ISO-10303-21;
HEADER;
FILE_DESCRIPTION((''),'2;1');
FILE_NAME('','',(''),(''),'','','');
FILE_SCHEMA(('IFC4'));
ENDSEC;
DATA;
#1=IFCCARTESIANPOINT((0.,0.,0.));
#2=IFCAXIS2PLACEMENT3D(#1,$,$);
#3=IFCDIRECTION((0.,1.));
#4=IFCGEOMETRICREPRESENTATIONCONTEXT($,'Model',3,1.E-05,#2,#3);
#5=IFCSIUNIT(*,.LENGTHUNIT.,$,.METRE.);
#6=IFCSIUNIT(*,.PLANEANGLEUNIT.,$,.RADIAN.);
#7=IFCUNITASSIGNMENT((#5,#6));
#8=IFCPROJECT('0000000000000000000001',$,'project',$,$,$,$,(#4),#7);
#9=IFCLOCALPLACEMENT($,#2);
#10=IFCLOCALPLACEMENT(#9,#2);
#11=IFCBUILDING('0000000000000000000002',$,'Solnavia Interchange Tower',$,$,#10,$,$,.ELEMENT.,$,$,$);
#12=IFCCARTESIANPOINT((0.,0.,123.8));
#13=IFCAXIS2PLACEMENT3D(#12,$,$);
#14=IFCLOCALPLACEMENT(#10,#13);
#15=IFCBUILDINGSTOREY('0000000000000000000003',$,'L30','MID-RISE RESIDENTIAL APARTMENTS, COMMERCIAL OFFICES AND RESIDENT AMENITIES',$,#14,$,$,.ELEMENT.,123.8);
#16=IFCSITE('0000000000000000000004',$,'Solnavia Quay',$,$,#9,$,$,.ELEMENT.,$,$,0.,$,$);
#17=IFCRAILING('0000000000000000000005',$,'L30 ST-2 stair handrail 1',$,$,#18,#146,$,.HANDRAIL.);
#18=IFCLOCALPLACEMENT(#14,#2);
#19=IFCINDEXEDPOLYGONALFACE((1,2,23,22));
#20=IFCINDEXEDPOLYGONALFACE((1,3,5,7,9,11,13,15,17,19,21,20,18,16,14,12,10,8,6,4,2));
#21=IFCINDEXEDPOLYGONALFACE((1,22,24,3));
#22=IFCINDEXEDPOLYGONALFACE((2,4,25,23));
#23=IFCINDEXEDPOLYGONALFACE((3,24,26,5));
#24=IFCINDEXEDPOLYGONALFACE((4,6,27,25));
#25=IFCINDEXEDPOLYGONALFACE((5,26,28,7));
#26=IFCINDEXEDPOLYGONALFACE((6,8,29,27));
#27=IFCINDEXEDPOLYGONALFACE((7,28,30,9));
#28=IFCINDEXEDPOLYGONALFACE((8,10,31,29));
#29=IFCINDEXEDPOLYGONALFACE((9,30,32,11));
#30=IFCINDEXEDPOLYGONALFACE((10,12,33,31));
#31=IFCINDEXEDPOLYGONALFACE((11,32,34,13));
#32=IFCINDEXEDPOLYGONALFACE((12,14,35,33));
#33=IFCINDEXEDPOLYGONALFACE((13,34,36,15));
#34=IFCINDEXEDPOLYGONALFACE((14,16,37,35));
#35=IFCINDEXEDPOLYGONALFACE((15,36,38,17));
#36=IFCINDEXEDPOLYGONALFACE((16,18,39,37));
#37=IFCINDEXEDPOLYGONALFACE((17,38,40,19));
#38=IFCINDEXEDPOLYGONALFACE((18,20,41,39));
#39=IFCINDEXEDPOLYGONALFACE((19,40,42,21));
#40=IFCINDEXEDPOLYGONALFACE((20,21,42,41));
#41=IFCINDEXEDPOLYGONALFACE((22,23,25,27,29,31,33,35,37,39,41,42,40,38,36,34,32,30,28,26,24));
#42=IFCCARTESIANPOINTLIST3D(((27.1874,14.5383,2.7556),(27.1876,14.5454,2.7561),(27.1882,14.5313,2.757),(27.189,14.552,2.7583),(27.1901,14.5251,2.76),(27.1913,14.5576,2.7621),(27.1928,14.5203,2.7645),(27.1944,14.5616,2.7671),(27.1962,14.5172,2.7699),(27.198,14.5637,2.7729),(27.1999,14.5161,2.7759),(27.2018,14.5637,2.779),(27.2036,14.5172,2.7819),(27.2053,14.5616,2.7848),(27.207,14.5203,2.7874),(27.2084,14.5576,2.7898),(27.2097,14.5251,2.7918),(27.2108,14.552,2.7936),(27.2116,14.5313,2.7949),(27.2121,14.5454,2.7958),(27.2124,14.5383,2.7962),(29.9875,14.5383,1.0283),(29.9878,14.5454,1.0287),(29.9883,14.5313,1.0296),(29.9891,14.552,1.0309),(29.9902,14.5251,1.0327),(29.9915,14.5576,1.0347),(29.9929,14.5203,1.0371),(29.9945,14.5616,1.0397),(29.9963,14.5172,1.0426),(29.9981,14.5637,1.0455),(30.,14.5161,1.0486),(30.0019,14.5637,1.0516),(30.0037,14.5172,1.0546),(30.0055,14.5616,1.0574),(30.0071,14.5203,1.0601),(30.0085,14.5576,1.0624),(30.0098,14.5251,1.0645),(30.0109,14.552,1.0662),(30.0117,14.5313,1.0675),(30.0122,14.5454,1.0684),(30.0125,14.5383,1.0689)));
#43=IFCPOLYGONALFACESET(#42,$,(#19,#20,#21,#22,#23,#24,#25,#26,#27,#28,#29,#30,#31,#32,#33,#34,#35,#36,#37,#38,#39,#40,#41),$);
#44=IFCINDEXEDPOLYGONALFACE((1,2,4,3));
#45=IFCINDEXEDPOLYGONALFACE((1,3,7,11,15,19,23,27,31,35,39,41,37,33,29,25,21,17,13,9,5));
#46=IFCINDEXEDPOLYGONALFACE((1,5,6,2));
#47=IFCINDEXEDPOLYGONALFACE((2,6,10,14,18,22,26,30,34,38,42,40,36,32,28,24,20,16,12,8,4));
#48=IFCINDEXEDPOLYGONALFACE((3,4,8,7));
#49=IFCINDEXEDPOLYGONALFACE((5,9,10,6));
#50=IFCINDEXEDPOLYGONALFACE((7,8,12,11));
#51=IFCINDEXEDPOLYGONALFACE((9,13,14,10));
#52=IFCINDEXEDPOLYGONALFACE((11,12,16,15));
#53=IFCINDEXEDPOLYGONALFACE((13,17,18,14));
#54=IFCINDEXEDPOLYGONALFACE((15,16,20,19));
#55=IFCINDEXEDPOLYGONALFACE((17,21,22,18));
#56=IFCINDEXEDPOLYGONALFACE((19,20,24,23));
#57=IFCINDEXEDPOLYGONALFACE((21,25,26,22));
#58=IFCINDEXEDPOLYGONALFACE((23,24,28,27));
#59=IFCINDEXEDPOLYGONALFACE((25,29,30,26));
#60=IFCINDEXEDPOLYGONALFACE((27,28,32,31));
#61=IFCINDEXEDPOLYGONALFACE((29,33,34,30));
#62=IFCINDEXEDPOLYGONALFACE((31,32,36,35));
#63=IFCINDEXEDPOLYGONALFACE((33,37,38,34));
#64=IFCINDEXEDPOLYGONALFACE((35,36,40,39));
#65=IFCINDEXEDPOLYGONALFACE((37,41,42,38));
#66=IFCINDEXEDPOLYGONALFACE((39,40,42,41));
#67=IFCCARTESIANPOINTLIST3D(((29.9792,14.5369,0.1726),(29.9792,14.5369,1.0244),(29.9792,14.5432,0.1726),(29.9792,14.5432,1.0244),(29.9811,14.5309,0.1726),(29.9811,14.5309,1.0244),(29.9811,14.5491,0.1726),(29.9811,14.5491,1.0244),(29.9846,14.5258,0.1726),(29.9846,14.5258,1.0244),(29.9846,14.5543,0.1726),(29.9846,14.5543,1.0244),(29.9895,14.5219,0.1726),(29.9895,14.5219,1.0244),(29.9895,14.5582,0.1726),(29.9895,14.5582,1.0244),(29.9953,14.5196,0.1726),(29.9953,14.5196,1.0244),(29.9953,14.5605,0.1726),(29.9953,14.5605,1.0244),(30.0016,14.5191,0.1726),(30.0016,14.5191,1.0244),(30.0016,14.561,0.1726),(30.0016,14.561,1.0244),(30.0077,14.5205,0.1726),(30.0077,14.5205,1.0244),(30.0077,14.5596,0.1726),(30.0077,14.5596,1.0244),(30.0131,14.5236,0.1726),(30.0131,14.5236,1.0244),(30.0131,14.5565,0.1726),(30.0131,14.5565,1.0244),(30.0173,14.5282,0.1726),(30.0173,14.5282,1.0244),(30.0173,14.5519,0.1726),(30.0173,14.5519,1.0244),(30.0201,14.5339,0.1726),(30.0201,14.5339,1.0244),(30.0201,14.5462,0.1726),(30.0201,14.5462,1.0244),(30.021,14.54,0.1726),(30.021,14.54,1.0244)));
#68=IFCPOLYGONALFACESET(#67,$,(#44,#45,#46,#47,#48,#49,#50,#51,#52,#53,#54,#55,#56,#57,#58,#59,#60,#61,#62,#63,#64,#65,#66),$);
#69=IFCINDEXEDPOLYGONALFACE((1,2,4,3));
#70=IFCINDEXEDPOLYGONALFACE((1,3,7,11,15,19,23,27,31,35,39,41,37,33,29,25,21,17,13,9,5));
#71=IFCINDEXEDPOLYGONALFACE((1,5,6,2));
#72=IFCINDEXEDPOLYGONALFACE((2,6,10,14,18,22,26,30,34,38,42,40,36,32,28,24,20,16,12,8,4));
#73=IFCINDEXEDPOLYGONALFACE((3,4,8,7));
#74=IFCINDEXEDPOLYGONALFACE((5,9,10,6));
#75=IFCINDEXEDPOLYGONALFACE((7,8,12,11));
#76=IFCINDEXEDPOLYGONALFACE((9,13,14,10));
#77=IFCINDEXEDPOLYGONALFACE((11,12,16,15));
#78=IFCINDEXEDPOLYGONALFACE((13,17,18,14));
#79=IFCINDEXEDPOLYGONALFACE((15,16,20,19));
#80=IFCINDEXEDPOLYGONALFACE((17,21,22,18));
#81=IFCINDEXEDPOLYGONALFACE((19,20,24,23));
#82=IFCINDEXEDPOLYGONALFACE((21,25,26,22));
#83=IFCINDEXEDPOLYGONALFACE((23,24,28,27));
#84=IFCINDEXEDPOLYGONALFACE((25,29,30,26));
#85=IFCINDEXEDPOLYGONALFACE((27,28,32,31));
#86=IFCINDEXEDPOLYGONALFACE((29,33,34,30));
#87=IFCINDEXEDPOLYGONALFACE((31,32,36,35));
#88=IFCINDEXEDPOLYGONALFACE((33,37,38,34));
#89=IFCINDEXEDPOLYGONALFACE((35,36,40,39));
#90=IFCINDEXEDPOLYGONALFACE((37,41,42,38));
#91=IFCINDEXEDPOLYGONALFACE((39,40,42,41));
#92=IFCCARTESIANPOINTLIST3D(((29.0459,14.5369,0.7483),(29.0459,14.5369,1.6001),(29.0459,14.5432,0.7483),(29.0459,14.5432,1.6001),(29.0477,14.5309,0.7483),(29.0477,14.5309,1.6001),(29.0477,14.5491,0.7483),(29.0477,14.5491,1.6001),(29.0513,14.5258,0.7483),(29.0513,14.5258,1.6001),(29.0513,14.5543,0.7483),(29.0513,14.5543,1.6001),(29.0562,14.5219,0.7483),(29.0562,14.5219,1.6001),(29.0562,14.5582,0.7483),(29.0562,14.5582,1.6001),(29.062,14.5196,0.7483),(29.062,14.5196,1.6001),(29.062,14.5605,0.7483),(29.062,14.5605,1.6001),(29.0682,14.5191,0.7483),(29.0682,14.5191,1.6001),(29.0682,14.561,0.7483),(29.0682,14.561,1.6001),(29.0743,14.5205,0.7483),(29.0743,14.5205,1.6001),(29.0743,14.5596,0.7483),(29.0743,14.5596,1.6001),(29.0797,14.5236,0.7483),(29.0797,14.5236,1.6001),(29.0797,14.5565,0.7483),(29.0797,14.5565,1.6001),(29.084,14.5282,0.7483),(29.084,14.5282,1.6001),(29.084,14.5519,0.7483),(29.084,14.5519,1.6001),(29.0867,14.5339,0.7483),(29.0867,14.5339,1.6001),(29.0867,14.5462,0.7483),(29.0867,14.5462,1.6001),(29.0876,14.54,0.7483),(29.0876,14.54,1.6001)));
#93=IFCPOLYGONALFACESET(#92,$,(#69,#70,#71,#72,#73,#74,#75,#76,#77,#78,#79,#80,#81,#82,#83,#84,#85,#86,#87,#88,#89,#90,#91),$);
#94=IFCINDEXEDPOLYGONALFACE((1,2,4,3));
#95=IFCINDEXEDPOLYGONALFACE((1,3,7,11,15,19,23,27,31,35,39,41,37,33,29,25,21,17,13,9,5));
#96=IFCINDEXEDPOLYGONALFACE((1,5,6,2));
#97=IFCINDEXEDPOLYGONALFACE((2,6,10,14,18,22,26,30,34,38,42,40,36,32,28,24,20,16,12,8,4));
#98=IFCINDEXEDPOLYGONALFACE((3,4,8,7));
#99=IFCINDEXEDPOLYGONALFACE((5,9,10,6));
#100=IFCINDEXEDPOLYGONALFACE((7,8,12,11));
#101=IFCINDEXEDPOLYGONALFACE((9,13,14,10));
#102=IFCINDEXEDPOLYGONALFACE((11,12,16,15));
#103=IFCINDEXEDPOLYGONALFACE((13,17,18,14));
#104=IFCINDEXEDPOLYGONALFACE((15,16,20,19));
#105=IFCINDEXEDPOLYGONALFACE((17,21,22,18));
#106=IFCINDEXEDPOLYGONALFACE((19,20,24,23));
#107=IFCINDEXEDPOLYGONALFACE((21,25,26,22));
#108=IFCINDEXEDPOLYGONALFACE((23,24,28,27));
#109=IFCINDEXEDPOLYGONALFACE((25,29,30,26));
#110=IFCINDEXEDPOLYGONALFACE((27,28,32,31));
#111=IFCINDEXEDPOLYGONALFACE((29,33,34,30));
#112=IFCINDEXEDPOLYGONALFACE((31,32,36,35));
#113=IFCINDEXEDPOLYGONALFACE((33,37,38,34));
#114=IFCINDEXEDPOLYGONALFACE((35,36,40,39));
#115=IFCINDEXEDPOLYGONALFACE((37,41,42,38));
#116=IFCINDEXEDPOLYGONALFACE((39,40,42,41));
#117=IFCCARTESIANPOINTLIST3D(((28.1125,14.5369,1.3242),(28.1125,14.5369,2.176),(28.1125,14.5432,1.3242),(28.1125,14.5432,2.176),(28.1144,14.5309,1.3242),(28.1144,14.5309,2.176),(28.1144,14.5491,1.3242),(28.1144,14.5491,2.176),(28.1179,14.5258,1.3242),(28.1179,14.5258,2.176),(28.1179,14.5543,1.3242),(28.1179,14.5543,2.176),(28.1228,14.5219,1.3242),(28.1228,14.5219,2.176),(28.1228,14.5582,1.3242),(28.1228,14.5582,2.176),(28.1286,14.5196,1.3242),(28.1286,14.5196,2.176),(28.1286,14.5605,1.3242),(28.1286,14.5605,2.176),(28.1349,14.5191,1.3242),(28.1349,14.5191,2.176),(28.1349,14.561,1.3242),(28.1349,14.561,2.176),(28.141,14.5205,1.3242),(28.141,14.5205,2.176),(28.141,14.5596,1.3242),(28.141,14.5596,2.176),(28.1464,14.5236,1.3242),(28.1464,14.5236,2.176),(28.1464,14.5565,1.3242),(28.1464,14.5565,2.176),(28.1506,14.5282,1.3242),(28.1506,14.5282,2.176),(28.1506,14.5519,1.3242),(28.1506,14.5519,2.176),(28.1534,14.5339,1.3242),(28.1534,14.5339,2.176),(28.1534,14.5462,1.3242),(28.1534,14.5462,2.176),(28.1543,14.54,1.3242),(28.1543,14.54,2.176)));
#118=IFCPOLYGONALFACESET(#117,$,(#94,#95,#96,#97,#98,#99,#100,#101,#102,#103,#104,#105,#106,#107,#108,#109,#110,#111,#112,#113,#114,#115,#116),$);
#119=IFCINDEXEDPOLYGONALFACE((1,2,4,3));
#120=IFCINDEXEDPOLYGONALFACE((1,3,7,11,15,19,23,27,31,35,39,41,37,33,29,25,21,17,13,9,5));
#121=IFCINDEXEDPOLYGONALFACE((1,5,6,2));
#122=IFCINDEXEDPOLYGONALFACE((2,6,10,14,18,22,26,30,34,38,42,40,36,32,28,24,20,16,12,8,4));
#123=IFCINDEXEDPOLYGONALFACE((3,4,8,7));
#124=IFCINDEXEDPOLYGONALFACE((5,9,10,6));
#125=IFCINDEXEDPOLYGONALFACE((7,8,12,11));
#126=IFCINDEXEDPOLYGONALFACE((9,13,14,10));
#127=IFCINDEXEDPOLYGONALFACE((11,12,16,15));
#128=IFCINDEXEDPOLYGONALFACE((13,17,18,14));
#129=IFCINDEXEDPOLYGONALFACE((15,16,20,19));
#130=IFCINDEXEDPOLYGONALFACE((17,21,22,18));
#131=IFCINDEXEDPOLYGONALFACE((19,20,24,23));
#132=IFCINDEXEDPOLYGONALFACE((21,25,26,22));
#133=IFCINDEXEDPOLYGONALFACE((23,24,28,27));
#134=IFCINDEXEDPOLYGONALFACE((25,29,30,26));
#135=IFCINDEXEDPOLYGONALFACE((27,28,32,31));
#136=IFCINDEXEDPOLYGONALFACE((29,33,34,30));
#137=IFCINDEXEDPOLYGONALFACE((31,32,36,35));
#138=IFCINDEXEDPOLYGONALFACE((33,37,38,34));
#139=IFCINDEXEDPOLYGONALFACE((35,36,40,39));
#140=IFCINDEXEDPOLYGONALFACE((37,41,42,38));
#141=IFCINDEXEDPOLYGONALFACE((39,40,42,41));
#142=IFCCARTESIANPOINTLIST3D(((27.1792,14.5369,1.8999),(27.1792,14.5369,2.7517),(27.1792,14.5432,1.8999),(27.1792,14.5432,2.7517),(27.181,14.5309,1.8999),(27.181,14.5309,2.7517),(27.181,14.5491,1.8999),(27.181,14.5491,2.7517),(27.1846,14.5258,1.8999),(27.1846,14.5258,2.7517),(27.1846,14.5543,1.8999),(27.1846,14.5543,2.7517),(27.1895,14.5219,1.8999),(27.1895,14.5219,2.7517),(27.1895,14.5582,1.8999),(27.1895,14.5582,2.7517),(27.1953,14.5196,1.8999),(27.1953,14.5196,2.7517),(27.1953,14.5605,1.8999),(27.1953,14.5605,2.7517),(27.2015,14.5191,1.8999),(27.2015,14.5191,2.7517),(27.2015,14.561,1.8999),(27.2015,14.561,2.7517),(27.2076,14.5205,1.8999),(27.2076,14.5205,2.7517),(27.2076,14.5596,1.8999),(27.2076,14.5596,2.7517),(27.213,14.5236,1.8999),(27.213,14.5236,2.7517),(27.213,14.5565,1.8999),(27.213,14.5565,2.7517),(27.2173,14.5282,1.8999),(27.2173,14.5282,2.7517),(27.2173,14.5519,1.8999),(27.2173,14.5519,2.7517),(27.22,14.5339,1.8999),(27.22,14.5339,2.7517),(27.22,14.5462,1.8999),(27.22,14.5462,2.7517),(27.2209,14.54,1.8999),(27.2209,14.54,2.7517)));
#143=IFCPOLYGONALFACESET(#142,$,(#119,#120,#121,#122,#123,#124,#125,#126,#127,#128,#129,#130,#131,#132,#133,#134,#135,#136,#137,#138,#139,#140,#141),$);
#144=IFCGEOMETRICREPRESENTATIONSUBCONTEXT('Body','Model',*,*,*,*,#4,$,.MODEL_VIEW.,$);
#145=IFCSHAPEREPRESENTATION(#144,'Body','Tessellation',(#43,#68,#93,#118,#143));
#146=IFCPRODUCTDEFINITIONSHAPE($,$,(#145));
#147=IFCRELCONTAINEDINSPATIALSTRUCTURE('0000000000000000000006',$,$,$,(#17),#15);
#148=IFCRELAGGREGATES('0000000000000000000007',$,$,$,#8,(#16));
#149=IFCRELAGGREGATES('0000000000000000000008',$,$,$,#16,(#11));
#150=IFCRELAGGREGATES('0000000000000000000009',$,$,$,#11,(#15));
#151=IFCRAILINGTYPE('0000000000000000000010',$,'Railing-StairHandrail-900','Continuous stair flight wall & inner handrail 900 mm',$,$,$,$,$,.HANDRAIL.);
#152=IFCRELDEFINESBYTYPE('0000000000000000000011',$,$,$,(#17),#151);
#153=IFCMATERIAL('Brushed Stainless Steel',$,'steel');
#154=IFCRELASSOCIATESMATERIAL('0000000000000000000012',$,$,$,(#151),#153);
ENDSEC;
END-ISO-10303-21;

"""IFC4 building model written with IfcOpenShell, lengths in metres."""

from ifc_helpers import new_model, si_unit, direction, frame, origin, origin_2d, place, context, subcontext, project, spatial, circle, extrude, material, type_object, element, save


model = new_model("IFC4")

# Units and contexts
model_context = context("Model", 3, precision=1e-05, world=origin(), true_north=direction((0.0, 1.0)))
body_context = subcontext(model_context, "Body", "Model", "MODEL_VIEW")
ifc_project = project(units=[si_unit("LENGTHUNIT", "METRE"), si_unit("PLANEANGLEUNIT", "RADIAN")], contexts=[model_context])

# Site, building, storey
site_placement = place(None, origin())
site = spatial("IfcSite", under=ifc_project, at=site_placement, Name="Solnavia Quay", CompositionType="ELEMENT", RefElevation=0.0)
building_placement = place(site_placement, origin())
building = spatial("IfcBuilding", under=site, at=building_placement, Name="Solnavia Interchange Tower", CompositionType="ELEMENT")
storey_placement = place(building_placement, frame((0.0, 0.0, 123.8)))
storey = spatial("IfcBuildingStorey", under=building, at=storey_placement, Name="L30", Description="MID-RISE RESIDENTIAL APARTMENTS, COMMERCIAL OFFICES AND RESIDENT AMENITIES", CompositionType="ELEMENT", Elevation=123.8)

# Railing
ifc_material_1 = material(Name="Brushed Stainless Steel", Category="steel")
railing_type = type_object("IfcRailingType", Name="Railing-StairHandrail-900", Description="Continuous stair flight wall & inner handrail 900 mm", PredefinedType="HANDRAIL", material=ifc_material_1)
railing_placement = place(storey_placement, frame((30.0, 14.54, 0.1726)))
element("IfcRailing", 1, at=railing_placement, inside=storey, type_object=railing_type, Name="L30 ST-2 stair handrail 1", PredefinedType="HANDRAIL", context=body_context, shape_type="SweptSolid", body=[
    extrude(circle(Radius=0.0239, at=origin_2d()), frame((0.0, 0.0, 0.876), z_axis=(-0.85109, 0.0, 0.52502), x_axis=(0.0, -1.0, 0.0)), (0.0, 0.0, 1.0), 3.29),
    extrude(circle(Radius=0.021, at=origin_2d()), origin(), (0.0, 0.0, 1.0), 0.8518),
    extrude(circle(Radius=0.021, at=origin_2d()), frame((-0.9333, 0.0, 0.5757)), (0.0, 0.0, 1.0), 0.8518),
    extrude(circle(Radius=0.021, at=origin_2d()), frame((-1.8667, 0.0, 1.1516)), (0.0, 0.0, 1.0), 0.8518),
    extrude(circle(Radius=0.021, at=origin_2d()), frame((-2.8, 0.0, 1.7273)), (0.0, 0.0, 1.0), 0.8518),
])

save(model, "model.ifc")
